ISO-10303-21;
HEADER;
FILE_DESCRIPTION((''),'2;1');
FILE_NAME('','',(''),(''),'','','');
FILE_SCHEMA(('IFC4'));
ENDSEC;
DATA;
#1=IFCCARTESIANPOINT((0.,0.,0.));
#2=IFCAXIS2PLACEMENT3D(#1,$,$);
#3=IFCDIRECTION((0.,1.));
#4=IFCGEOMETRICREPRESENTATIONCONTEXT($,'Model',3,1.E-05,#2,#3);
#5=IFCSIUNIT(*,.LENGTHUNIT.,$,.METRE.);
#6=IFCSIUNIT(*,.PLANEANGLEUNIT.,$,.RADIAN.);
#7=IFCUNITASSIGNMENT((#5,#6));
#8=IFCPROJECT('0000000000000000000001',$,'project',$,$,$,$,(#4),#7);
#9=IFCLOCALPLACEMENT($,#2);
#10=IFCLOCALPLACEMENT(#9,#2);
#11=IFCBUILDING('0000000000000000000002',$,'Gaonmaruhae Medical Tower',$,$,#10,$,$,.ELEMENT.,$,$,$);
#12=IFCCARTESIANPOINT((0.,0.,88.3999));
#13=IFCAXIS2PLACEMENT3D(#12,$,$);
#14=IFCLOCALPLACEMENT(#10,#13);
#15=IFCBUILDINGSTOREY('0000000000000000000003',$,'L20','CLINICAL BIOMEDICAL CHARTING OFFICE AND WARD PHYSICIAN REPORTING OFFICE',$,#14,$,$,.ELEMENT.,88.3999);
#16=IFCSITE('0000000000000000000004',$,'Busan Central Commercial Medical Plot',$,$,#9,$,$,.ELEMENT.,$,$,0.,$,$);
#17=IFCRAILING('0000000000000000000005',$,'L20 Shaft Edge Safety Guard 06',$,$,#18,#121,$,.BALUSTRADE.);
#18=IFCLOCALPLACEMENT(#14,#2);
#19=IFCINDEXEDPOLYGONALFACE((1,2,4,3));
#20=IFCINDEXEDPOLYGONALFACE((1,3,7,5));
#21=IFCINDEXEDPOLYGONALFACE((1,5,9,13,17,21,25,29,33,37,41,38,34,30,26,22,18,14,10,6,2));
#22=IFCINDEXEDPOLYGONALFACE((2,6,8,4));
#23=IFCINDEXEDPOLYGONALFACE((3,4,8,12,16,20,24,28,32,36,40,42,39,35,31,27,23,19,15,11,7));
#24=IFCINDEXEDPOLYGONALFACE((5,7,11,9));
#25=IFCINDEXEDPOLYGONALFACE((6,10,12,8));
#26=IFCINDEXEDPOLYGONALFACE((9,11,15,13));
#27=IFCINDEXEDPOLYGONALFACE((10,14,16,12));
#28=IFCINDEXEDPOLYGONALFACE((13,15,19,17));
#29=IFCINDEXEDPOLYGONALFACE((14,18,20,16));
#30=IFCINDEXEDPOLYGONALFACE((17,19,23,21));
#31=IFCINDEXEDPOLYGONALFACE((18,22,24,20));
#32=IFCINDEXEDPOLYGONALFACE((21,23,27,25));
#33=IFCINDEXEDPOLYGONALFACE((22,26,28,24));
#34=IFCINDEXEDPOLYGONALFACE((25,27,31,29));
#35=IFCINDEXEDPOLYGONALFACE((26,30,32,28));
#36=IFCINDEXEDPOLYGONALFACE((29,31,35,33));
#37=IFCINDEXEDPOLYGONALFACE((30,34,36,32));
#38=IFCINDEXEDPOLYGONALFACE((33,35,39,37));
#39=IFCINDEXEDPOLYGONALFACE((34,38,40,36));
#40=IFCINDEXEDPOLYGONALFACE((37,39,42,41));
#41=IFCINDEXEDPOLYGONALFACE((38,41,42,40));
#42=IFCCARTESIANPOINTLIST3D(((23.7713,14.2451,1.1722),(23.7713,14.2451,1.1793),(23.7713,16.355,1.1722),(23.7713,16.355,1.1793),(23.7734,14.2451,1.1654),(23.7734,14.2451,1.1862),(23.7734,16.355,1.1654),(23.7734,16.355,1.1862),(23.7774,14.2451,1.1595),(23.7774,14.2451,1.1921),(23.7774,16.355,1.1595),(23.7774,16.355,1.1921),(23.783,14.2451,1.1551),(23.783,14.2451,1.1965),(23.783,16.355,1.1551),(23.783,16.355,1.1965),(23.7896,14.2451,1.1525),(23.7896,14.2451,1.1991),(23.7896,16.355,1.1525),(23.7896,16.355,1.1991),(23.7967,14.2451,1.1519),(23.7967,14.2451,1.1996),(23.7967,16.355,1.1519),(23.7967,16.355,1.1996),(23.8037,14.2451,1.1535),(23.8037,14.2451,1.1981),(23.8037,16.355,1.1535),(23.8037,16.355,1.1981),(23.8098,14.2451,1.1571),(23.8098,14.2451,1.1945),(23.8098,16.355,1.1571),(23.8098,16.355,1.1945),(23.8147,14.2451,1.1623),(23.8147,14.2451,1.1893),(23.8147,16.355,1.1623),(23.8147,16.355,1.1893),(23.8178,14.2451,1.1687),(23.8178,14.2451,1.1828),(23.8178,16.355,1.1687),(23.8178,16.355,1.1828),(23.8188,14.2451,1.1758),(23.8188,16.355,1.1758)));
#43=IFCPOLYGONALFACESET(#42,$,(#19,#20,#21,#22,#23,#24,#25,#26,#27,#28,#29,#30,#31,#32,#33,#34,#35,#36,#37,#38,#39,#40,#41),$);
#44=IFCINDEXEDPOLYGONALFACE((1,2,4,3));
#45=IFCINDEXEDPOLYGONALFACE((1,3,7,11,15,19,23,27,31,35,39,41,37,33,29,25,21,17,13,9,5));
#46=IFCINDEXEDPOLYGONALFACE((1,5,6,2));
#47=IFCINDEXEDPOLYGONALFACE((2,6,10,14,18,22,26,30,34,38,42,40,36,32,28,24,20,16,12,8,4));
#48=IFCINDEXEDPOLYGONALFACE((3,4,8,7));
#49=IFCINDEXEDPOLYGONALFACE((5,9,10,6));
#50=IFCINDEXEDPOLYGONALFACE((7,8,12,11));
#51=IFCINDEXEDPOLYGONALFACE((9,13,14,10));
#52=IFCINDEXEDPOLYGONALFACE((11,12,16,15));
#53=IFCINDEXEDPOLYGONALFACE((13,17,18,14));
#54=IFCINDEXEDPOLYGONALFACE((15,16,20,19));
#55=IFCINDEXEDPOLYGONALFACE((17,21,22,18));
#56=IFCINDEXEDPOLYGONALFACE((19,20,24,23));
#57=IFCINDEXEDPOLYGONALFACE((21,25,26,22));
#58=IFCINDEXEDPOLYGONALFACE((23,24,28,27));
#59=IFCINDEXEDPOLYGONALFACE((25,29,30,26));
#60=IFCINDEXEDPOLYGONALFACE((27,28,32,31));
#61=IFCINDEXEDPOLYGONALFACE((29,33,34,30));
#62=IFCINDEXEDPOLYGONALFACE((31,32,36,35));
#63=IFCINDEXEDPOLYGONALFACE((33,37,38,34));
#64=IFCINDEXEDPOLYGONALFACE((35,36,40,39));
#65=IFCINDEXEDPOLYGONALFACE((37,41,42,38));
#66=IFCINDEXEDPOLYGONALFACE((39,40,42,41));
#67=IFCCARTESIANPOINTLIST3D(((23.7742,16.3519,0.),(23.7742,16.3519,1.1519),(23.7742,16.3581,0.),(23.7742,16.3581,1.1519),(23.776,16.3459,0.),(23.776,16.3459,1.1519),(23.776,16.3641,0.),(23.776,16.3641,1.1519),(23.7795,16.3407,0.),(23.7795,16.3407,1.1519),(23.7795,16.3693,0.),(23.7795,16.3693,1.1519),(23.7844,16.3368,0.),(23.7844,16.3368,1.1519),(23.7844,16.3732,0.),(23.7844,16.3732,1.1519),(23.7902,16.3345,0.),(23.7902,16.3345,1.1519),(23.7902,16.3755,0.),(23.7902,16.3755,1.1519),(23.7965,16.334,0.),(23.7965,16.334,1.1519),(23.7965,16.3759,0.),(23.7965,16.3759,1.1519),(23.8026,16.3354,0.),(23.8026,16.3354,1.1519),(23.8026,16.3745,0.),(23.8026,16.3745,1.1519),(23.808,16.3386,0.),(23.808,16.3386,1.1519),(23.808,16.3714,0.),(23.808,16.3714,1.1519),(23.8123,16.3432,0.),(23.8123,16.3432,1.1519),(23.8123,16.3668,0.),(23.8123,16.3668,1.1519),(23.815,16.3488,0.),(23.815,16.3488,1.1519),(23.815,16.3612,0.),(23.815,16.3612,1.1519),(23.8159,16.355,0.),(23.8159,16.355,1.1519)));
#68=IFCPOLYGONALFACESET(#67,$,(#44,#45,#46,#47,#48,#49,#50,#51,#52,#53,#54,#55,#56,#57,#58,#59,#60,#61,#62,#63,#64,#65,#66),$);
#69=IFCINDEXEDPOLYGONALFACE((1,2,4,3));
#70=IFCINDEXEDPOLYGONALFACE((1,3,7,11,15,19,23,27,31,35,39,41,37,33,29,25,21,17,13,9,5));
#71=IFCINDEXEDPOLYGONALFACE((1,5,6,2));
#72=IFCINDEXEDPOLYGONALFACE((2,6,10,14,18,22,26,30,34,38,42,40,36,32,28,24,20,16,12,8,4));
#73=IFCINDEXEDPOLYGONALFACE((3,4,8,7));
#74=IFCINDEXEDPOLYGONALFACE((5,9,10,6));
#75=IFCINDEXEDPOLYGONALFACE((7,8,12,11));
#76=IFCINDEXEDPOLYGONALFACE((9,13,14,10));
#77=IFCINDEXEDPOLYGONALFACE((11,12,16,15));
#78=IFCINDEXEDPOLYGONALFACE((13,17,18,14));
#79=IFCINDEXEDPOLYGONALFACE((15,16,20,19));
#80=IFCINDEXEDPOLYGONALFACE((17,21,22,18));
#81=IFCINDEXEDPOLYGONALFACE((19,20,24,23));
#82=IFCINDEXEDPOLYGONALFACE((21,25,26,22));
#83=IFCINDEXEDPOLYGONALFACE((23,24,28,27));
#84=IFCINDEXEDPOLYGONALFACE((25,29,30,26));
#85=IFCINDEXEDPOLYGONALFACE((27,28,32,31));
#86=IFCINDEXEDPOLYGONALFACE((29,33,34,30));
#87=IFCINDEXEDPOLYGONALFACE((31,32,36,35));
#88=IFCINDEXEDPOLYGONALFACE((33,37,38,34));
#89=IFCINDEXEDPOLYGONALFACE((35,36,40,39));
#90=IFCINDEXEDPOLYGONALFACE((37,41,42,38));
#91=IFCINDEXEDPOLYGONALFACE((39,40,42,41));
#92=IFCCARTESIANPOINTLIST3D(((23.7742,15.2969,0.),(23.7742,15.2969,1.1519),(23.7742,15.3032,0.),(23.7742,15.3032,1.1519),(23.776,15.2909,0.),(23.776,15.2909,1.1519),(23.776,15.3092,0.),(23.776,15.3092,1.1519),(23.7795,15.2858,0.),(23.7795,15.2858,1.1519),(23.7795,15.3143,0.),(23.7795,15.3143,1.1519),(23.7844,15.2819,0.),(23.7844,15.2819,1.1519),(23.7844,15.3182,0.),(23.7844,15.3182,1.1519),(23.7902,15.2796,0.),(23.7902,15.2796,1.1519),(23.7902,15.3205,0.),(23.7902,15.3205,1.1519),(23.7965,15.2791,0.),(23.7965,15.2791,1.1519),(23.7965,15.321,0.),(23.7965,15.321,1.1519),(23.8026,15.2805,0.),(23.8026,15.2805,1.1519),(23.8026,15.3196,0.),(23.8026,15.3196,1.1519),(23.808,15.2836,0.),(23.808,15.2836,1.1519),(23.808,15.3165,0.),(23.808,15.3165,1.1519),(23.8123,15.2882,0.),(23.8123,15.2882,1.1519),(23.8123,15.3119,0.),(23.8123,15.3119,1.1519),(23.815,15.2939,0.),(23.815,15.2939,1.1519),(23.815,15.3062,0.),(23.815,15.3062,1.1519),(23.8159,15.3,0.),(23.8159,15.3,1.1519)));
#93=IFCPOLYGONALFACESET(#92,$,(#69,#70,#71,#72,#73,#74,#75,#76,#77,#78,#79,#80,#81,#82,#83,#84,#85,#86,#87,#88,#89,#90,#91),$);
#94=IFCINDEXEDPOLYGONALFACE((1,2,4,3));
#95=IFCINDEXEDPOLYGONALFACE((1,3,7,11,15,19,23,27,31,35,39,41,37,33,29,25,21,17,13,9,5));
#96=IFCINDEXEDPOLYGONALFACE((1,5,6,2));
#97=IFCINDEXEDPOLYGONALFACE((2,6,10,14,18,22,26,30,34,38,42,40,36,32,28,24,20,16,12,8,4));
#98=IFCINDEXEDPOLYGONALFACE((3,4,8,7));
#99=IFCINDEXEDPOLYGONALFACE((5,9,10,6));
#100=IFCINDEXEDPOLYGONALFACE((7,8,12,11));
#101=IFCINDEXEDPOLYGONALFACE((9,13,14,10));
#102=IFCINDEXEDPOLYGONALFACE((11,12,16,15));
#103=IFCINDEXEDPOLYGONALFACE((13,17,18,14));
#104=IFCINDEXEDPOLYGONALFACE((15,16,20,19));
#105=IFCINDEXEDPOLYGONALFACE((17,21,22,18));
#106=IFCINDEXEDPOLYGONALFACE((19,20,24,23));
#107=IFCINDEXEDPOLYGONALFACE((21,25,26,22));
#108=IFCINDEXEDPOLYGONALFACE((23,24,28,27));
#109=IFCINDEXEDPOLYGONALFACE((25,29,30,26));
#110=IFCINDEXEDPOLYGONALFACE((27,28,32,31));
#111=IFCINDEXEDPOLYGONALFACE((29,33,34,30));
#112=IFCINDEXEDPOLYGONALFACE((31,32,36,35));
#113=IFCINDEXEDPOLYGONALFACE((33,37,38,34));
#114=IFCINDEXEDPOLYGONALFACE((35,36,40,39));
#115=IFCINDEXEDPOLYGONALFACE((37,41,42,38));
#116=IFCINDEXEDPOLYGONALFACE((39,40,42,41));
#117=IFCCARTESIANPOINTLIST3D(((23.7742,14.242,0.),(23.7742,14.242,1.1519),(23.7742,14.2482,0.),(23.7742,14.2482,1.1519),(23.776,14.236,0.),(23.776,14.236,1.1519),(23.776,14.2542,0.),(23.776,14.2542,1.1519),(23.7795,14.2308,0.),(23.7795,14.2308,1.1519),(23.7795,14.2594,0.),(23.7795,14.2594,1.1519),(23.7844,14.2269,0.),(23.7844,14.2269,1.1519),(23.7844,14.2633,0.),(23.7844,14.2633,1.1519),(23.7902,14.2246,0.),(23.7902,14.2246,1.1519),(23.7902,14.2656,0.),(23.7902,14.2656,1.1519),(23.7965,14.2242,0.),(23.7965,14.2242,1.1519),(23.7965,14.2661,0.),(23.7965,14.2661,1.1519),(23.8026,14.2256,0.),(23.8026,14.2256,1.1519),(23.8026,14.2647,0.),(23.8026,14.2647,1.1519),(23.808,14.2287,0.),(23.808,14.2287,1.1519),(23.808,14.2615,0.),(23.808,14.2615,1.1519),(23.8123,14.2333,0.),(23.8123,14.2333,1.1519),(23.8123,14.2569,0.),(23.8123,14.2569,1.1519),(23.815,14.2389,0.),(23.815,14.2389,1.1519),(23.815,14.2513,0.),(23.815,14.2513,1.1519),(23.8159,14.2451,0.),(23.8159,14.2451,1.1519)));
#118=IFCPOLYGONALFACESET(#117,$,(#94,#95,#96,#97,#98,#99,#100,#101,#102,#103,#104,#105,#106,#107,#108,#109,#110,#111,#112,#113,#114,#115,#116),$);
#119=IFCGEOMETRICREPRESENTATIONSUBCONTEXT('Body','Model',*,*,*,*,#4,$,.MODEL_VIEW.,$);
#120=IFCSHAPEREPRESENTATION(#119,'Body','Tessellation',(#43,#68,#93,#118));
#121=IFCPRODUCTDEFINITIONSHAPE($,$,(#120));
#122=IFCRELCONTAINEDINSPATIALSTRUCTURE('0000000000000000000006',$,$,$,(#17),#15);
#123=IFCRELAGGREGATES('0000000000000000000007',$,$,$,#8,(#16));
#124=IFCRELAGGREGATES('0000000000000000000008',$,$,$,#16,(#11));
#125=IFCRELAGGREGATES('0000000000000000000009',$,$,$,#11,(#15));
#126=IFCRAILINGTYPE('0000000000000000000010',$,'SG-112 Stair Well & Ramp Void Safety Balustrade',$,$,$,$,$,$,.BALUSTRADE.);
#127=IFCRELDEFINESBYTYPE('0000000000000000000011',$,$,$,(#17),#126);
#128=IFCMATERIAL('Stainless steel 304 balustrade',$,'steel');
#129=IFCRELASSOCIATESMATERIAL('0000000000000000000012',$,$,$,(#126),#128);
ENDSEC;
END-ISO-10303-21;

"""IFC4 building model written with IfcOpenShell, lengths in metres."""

from ifc_helpers import new_model, si_unit, direction, frame, origin, origin_2d, place, context, subcontext, project, spatial, circle, extrude, material, type_object, element, save


model = new_model("IFC4")

# Units and contexts
model_context = context("Model", 3, precision=1e-05, world=origin(), true_north=direction((0.0, 1.0)))
body_context = subcontext(model_context, "Body", "Model", "MODEL_VIEW")
ifc_project = project(units=[si_unit("LENGTHUNIT", "METRE"), si_unit("PLANEANGLEUNIT", "RADIAN")], contexts=[model_context])

# Site, building, storey
site_placement = place(None, origin())
site = spatial("IfcSite", under=ifc_project, at=site_placement, Name="Busan Central Commercial Medical Plot", CompositionType="ELEMENT", RefElevation=0.0)
building_placement = place(site_placement, origin())
building = spatial("IfcBuilding", under=site, at=building_placement, Name="Gaonmaruhae Medical Tower", CompositionType="ELEMENT")
storey_placement = place(building_placement, frame((0.0, 0.0, 88.3999)))
storey = spatial("IfcBuildingStorey", under=building, at=storey_placement, Name="L20", Description="CLINICAL BIOMEDICAL CHARTING OFFICE AND WARD PHYSICIAN REPORTING OFFICE", CompositionType="ELEMENT", Elevation=88.3999)

# Railing
ifc_material_1 = material(Name="Stainless steel 304 balustrade", Category="steel")
railing_type_1 = type_object("IfcRailingType", Name="SG-112 Stair Well & Ramp Void Safety Balustrade", PredefinedType="BALUSTRADE", material=ifc_material_1)
railing_1_placement = place(storey_placement, frame((23.7949, 16.355, 0.0)))
element("IfcRailing", 1, at=railing_1_placement, inside=storey, type_object=railing_type_1, Name="L20 Shaft Edge Safety Guard 06", PredefinedType="BALUSTRADE", context=body_context, shape_type="SweptSolid", body=[
    extrude(circle(Radius=0.0239, at=origin_2d()), frame((0.0, 0.0, 1.1758), z_axis=(0.0, -1.0, 0.0), x_axis=(1.0, 0.0, 0.0)), (0.0, 0.0, 1.0), 2.1099),
    extrude(circle(Radius=0.021, at=origin_2d()), origin(), (0.0, 0.0, 1.0), 1.1519),
    extrude(circle(Radius=0.021, at=origin_2d()), frame((0.0, -1.0549, 0.0)), (0.0, 0.0, 1.0), 1.1519),
    extrude(circle(Radius=0.021, at=origin_2d()), frame((0.0, -2.1099, 0.0)), (0.0, 0.0, 1.0), 1.1519),
])

save(model, "model.ifc")
